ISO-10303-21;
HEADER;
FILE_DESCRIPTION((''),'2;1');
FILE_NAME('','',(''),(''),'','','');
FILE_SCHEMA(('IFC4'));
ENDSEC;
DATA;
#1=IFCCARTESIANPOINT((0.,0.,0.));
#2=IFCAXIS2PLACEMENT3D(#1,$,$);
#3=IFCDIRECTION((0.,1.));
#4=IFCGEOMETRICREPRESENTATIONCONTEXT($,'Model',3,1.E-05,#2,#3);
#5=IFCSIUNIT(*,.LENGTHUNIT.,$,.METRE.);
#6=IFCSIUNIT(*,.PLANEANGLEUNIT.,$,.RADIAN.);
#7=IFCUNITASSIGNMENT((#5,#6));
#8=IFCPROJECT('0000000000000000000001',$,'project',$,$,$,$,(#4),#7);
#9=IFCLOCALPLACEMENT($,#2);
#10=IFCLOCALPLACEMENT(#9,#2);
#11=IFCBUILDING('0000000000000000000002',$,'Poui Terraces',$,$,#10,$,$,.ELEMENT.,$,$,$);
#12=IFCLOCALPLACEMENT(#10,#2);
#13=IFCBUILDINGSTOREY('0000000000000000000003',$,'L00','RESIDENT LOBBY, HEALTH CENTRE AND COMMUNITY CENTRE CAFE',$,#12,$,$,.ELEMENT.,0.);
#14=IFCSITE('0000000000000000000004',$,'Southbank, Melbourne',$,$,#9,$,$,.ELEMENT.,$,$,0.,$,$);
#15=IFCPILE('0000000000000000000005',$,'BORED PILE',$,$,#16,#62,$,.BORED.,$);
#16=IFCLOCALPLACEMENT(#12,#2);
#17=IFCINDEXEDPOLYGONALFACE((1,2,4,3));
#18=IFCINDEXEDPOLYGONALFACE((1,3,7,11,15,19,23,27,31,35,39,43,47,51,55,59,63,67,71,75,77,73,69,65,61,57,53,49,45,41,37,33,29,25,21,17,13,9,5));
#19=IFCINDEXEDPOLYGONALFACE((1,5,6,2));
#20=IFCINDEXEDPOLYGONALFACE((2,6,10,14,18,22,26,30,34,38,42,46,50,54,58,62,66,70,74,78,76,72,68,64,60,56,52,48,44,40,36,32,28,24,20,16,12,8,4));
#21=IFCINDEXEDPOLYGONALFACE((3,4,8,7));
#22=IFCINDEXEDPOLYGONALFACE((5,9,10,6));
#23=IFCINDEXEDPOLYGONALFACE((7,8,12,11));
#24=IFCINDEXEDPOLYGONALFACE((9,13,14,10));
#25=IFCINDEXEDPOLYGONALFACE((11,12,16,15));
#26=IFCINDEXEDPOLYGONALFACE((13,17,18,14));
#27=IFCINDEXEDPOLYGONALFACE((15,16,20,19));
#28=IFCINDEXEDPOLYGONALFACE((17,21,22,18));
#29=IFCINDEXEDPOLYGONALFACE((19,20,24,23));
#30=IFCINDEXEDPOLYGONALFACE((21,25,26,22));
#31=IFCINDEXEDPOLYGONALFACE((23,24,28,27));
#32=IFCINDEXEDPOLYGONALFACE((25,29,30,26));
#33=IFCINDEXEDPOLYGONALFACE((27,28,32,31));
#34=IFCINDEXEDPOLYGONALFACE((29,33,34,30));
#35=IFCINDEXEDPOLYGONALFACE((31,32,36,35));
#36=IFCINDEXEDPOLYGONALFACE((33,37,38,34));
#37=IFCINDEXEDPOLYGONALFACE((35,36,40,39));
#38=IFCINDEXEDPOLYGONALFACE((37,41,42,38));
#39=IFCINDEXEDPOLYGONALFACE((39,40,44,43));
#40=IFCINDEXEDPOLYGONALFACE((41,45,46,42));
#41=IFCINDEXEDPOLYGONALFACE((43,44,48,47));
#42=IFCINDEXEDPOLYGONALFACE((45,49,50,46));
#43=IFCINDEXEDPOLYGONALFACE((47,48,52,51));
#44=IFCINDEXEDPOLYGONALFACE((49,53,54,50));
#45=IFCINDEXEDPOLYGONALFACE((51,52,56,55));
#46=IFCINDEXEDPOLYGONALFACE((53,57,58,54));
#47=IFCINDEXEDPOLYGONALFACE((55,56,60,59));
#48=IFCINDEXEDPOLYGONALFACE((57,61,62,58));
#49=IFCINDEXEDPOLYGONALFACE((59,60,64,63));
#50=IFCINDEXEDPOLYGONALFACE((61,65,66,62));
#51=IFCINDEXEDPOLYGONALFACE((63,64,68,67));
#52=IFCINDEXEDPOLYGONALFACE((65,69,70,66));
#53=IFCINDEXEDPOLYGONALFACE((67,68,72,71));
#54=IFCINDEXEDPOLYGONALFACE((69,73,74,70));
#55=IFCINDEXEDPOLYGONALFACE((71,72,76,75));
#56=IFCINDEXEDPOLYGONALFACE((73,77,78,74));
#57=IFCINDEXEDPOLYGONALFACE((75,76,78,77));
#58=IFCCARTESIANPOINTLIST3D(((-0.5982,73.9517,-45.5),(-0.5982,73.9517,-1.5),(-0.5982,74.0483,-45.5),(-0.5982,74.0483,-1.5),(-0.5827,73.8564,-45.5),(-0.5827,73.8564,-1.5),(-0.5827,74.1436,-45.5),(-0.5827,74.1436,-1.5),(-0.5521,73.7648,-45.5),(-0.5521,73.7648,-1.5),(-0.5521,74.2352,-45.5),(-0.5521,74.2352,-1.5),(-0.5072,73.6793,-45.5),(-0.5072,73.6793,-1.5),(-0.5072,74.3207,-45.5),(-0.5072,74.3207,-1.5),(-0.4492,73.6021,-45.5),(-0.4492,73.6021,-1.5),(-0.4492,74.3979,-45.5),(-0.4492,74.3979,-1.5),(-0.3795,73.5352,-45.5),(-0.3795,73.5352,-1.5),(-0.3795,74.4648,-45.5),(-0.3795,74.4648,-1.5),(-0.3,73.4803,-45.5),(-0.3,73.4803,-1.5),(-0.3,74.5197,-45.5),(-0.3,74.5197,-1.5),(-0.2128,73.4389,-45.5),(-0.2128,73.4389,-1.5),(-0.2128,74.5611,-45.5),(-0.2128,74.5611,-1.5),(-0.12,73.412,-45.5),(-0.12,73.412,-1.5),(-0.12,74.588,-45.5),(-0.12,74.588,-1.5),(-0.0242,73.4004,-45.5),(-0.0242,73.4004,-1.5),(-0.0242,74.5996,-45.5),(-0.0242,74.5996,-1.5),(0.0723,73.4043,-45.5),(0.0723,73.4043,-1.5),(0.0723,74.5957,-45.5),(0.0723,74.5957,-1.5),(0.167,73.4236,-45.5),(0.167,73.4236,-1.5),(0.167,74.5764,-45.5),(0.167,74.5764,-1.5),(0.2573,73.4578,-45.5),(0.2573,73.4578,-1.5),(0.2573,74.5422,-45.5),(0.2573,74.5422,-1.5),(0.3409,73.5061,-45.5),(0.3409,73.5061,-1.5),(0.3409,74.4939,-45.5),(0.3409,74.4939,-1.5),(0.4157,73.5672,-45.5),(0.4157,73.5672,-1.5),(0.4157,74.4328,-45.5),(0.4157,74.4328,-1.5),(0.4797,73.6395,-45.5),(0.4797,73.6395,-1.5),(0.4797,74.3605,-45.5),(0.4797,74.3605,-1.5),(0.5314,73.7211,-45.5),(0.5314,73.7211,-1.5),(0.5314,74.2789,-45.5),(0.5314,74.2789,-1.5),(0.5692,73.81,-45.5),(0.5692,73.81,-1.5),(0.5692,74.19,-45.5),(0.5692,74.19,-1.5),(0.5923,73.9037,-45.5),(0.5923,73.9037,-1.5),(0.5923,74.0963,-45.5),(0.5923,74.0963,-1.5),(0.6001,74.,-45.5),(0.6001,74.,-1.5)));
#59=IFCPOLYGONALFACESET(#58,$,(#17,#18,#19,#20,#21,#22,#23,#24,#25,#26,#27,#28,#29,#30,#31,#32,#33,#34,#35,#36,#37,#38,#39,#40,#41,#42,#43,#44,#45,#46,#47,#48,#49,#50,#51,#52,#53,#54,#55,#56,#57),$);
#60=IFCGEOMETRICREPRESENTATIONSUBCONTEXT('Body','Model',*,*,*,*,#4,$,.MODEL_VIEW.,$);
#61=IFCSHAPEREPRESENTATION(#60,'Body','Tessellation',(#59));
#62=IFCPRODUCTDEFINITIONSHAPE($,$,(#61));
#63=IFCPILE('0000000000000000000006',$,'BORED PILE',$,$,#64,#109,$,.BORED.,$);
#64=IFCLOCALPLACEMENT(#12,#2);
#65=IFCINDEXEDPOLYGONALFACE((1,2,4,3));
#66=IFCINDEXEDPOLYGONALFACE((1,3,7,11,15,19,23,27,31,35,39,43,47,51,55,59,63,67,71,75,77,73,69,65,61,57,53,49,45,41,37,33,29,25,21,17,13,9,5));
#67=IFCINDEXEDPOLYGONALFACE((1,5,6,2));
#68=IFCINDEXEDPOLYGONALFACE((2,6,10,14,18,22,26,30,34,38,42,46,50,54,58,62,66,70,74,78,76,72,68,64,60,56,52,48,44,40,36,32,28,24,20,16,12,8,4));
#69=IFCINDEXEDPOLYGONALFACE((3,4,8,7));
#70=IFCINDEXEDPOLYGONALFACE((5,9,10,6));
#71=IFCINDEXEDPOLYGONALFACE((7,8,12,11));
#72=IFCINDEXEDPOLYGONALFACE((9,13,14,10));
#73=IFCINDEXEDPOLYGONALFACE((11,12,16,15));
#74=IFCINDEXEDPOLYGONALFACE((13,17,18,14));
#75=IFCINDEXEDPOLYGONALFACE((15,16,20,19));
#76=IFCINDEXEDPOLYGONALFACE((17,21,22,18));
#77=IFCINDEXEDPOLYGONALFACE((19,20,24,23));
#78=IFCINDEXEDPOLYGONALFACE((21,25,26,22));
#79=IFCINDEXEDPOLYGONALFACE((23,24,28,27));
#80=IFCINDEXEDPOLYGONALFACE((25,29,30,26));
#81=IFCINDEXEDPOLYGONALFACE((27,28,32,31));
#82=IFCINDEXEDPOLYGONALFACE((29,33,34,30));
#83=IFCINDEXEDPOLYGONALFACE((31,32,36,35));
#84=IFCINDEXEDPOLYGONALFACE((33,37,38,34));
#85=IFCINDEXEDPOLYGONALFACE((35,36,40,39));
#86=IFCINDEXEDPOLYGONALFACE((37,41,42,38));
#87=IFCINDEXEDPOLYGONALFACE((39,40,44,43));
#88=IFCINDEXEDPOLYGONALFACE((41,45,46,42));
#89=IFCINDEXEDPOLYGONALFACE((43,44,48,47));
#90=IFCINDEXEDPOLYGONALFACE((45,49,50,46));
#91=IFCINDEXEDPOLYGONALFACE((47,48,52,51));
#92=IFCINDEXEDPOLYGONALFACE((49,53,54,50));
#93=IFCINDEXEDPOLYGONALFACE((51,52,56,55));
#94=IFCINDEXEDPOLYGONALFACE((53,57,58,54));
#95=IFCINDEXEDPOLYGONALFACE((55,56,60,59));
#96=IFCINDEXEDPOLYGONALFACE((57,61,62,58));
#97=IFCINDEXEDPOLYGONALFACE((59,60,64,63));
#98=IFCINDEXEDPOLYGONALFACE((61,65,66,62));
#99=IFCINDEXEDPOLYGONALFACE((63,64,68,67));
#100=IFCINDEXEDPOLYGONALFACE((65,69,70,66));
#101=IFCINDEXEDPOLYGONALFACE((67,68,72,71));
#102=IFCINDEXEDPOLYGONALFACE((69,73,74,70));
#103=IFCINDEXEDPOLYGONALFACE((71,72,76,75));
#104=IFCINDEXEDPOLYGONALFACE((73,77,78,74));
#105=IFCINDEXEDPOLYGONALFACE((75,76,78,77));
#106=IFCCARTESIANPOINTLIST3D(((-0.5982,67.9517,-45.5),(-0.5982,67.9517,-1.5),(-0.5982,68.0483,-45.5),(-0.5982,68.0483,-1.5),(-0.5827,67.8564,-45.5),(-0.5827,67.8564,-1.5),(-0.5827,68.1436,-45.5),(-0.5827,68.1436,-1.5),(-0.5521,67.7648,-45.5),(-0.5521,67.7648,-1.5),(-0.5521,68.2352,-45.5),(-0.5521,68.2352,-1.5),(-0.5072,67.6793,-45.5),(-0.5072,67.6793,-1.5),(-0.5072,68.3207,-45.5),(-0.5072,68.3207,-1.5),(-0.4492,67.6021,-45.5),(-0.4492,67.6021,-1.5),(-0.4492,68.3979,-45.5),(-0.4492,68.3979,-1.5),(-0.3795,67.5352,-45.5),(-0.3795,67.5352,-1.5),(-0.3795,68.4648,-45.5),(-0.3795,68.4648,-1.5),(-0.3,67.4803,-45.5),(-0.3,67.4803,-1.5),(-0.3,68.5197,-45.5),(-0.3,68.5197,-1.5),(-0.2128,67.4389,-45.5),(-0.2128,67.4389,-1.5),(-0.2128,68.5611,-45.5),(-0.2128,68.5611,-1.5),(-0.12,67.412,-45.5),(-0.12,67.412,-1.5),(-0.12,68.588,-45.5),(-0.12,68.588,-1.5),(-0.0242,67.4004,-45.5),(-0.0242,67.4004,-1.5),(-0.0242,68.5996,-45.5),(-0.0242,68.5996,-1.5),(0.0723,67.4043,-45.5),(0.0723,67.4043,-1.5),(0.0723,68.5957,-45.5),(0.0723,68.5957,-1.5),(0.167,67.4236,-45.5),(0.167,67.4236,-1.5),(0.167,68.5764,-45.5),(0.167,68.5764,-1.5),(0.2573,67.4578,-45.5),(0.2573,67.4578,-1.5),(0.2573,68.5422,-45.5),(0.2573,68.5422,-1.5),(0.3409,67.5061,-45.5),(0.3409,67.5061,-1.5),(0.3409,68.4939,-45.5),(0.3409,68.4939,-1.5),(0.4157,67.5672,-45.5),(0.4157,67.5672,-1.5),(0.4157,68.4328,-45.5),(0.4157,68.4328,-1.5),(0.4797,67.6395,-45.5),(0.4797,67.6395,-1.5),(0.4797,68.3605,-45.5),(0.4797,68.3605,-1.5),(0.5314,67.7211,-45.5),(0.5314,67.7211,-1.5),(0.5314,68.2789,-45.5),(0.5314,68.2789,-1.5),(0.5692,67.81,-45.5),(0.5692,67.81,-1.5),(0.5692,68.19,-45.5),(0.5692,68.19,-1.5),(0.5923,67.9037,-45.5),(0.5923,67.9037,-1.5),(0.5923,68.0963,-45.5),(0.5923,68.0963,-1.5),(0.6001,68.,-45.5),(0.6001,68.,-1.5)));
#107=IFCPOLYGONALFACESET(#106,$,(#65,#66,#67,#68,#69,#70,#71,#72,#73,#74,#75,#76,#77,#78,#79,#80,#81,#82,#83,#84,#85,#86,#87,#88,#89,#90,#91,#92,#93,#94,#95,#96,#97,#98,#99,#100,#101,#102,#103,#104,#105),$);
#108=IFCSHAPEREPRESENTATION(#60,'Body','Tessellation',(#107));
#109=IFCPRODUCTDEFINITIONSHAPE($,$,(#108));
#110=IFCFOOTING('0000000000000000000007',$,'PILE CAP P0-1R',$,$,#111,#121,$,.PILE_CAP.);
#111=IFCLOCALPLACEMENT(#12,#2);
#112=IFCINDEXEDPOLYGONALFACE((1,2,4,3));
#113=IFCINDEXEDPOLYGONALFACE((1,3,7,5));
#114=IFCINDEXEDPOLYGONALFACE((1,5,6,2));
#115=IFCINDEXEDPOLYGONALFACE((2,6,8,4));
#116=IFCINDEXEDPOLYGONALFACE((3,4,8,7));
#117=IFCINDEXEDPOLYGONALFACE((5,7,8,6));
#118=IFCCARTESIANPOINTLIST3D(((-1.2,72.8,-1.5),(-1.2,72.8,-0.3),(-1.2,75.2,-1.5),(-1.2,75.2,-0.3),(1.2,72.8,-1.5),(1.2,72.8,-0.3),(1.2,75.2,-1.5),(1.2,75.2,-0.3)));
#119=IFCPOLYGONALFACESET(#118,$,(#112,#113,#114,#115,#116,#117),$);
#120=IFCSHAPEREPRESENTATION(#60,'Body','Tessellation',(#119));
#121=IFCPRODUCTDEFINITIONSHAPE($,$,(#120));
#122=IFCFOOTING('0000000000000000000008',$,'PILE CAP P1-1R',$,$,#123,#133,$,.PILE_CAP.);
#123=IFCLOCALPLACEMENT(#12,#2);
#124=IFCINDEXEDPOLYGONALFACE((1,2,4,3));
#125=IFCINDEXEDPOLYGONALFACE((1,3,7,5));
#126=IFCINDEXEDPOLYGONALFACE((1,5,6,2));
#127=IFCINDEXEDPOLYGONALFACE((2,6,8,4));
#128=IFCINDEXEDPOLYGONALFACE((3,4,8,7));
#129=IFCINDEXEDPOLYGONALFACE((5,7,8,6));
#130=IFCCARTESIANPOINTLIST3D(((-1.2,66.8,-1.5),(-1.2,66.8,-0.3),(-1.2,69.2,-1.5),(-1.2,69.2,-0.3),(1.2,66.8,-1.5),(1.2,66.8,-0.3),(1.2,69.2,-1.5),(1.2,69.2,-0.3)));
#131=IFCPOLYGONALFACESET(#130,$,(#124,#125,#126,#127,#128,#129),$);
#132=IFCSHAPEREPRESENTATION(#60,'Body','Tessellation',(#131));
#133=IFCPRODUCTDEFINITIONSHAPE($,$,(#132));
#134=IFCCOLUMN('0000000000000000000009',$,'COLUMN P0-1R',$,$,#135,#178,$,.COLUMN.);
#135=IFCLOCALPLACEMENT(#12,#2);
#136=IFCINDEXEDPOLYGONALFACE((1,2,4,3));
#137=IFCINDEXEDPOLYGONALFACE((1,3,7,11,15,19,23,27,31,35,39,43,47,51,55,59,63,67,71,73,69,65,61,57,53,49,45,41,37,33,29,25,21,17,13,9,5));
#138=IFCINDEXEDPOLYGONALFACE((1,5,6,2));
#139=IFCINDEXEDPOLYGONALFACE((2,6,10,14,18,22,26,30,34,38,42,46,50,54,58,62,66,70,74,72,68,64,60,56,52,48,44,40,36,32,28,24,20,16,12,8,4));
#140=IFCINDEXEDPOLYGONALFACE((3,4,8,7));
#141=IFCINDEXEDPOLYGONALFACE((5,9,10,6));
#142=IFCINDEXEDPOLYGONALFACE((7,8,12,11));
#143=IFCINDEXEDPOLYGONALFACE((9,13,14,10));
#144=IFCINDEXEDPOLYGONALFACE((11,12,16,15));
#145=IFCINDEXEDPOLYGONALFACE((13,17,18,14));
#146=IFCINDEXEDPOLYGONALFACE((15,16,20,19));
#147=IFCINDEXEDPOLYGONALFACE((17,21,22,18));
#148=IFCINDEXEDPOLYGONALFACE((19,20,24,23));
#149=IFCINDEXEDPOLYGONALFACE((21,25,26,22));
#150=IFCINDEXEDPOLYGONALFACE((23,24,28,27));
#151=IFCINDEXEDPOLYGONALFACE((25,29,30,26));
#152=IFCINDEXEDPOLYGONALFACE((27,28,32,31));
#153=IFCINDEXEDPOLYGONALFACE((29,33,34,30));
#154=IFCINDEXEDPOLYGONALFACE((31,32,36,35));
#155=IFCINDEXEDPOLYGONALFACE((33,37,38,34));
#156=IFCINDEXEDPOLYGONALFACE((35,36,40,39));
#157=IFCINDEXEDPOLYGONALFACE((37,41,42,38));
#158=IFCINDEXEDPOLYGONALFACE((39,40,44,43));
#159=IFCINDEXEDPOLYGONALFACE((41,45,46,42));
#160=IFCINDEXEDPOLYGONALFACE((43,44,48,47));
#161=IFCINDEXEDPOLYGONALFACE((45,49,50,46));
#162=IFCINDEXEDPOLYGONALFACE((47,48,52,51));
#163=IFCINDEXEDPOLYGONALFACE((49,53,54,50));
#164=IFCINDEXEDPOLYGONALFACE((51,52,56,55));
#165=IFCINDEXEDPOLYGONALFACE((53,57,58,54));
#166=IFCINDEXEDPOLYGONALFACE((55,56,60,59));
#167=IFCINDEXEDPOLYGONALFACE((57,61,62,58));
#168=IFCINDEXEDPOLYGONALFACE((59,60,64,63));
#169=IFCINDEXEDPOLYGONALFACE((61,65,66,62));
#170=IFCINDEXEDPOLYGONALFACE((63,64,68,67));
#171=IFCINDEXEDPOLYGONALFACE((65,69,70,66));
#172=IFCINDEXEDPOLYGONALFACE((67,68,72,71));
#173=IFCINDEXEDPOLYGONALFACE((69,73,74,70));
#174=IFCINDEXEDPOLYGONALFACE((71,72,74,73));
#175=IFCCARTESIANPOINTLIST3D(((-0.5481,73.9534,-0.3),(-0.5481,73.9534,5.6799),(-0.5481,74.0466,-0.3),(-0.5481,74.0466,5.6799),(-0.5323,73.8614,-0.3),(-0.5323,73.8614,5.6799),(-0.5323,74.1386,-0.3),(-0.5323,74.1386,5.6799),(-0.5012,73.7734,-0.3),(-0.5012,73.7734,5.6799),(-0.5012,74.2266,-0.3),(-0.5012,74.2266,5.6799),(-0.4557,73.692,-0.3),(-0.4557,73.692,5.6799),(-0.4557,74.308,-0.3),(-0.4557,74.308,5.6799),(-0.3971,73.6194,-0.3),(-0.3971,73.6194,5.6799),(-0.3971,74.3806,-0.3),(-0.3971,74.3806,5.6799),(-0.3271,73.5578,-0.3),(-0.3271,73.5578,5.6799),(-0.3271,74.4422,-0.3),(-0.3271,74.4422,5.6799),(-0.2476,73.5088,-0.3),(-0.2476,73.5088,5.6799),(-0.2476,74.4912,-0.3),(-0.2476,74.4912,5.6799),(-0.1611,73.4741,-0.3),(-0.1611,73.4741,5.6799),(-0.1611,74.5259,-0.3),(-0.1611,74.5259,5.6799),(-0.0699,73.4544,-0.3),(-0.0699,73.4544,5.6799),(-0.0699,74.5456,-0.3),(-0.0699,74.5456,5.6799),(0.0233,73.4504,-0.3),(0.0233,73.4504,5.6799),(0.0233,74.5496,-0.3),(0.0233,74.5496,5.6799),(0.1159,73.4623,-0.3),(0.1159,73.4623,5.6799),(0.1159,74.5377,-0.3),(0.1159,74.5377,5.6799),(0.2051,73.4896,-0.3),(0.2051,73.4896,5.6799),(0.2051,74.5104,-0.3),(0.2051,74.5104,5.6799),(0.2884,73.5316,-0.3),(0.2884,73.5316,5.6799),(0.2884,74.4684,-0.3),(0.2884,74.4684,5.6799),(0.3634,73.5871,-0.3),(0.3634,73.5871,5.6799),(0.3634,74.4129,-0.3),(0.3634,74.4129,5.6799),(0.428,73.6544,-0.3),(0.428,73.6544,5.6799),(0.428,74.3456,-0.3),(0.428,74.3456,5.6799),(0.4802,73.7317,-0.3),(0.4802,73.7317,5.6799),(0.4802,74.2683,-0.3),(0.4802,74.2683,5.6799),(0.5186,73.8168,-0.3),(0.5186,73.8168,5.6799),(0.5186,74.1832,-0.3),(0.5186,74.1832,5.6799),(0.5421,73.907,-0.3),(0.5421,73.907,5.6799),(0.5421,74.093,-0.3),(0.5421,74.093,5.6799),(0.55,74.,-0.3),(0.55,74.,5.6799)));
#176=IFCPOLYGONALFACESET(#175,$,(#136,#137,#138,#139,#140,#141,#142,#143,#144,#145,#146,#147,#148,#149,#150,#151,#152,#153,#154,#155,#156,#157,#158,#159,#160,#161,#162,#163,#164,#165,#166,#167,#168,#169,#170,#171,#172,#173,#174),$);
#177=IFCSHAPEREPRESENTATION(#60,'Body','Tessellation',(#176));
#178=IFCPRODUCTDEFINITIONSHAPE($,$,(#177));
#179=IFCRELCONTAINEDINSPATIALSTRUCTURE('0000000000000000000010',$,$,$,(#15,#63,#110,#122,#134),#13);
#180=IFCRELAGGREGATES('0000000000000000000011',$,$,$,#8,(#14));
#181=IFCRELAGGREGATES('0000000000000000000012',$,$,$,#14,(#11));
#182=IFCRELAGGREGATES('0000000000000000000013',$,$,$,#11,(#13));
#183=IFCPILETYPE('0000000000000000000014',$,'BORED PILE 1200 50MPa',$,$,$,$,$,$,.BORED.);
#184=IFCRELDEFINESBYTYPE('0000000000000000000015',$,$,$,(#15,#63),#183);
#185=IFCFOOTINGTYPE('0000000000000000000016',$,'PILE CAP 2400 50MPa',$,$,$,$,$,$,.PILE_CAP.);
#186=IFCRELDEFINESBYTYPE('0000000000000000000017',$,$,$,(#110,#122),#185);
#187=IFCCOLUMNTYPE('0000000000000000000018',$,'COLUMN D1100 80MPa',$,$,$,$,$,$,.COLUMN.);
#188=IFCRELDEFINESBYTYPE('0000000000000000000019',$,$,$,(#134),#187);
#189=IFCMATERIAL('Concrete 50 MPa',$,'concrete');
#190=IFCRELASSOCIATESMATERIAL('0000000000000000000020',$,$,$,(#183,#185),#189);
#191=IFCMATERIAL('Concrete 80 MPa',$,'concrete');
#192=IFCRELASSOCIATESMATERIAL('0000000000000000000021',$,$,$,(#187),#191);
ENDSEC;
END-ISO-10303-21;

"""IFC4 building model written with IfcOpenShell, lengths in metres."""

from ifc_helpers import new_model, si_unit, direction, frame, origin, origin_2d, place, context, subcontext, project, spatial, rectangle, circle, extrude, source, transform, mapped, material, material_profile, profile_set, type_object, element, save


model = new_model("IFC4")

# Units and contexts
model_context = context("Model", 3, precision=1e-05, world=origin(), true_north=direction((0.0, 1.0)))
body_context = subcontext(model_context, "Body", "Model", "MODEL_VIEW")
ifc_project = project(units=[si_unit("LENGTHUNIT", "METRE"), si_unit("PLANEANGLEUNIT", "RADIAN")], contexts=[model_context])

# Site, building, storey
site_placement = place(None, origin())
site = spatial("IfcSite", under=ifc_project, at=site_placement, Name="Southbank, Melbourne", CompositionType="ELEMENT", RefElevation=0.0)
building_placement = place(site_placement, origin())
building = spatial("IfcBuilding", under=site, at=building_placement, Name="Poui Terraces", CompositionType="ELEMENT")
storey_placement = place(building_placement, origin())
storey = spatial("IfcBuildingStorey", under=building, at=storey_placement, Name="L00", Description="RESIDENT LOBBY, HEALTH CENTRE AND COMMUNITY CENTRE CAFE", CompositionType="ELEMENT", Elevation=0.0)

# Piles
ifc_material_1 = material(Name="Concrete 50 MPa", Category="concrete")
ifc_material_profile_1 = material_profile(ifc_material_1, circle(Radius=0.6001, at=origin_2d()), Name="RC D1200")
ifc_profile_set_1 = profile_set([ifc_material_profile_1], Name="Concrete 50 MPa")
pile_type = type_object("IfcPileType", Name="BORED PILE 1200 50MPa", PredefinedType="BORED", material=ifc_profile_set_1)
for number, where, z_axis, x_axis, name in (
    (1, (0.0, 74.0, -1.5), (0.0, 0.0, -1.0), (1.0, 0.0, 0.0), "BORED PILE"),
    (2, (0.0, 68.0, -1.5), (0.0, 0.0, -1.0), (1.0, 0.0, 0.0), "BORED PILE"),
):
    element("IfcPile", number, at=place(storey_placement, frame(where, z_axis=z_axis, x_axis=x_axis)), inside=storey, type_object=pile_type, Name=name, PredefinedType="BORED", context=body_context, shape_type="SweptSolid", body=[
        extrude(circle(Radius=0.6001, at=origin_2d()), origin(), (0.0, 0.0, 1.0), 44.0),
    ])

# Footings
footing_type = type_object("IfcFootingType", Name="PILE CAP 2400 50MPa", PredefinedType="PILE_CAP", material=ifc_material_1)
shared_shape_1 = source(origin(), body_context, "Body", "SweptSolid", [
    extrude(rectangle(XDim=2.3999, YDim=2.3999, at=origin_2d()), origin(), (0.0, 0.0, 1.0), 1.2),
])
for number, where, z_axis, x_axis, name in (
    (3, (0.0, 74.0, -1.5), (0.0, 0.0, 1.0), (1.0, 0.0, 0.0), "PILE CAP P0-1R"),
    (4, (0.0, 68.0, -1.5), (0.0, 0.0, 1.0), (1.0, 0.0, 0.0), "PILE CAP P1-1R"),
):
    element("IfcFooting", number, at=place(storey_placement, frame(where, z_axis=z_axis, x_axis=x_axis)), inside=storey, type_object=footing_type, Name=name, PredefinedType="PILE_CAP", context=body_context, shape_type="MappedRepresentation", body=[
        mapped(shared_shape_1, transform((0.0, 0.0, 0.0))),
    ])

# Column
ifc_material_2 = material(Name="Concrete 80 MPa", Category="concrete")
ifc_material_profile_2 = material_profile(ifc_material_2, circle(Radius=0.55, at=origin_2d()), Name="RC D1100")
ifc_profile_set_2 = profile_set([ifc_material_profile_2], Name="Concrete 80 MPa")
column_type = type_object("IfcColumnType", Name="COLUMN D1100 80MPa", PredefinedType="COLUMN", material=ifc_profile_set_2)
shared_shape_2 = source(origin(), body_context, "Body", "SweptSolid", [
    extrude(circle(Radius=0.55, at=origin_2d()), origin(), (0.0, 0.0, 1.0), 5.98),
])
for number, where, z_axis, x_axis, name in (
    (5, (0.0, 74.0, -0.3), (0.0, 0.0, 1.0), (1.0, 0.0, 0.0), "COLUMN P0-1R"),
):
    element("IfcColumn", number, at=place(storey_placement, frame(where, z_axis=z_axis, x_axis=x_axis)), inside=storey, type_object=column_type, Name=name, PredefinedType="COLUMN", context=body_context, shape_type="MappedRepresentation", body=[
        mapped(shared_shape_2, transform((0.0, 0.0, 0.0))),
    ])

save(model, "model.ifc")
